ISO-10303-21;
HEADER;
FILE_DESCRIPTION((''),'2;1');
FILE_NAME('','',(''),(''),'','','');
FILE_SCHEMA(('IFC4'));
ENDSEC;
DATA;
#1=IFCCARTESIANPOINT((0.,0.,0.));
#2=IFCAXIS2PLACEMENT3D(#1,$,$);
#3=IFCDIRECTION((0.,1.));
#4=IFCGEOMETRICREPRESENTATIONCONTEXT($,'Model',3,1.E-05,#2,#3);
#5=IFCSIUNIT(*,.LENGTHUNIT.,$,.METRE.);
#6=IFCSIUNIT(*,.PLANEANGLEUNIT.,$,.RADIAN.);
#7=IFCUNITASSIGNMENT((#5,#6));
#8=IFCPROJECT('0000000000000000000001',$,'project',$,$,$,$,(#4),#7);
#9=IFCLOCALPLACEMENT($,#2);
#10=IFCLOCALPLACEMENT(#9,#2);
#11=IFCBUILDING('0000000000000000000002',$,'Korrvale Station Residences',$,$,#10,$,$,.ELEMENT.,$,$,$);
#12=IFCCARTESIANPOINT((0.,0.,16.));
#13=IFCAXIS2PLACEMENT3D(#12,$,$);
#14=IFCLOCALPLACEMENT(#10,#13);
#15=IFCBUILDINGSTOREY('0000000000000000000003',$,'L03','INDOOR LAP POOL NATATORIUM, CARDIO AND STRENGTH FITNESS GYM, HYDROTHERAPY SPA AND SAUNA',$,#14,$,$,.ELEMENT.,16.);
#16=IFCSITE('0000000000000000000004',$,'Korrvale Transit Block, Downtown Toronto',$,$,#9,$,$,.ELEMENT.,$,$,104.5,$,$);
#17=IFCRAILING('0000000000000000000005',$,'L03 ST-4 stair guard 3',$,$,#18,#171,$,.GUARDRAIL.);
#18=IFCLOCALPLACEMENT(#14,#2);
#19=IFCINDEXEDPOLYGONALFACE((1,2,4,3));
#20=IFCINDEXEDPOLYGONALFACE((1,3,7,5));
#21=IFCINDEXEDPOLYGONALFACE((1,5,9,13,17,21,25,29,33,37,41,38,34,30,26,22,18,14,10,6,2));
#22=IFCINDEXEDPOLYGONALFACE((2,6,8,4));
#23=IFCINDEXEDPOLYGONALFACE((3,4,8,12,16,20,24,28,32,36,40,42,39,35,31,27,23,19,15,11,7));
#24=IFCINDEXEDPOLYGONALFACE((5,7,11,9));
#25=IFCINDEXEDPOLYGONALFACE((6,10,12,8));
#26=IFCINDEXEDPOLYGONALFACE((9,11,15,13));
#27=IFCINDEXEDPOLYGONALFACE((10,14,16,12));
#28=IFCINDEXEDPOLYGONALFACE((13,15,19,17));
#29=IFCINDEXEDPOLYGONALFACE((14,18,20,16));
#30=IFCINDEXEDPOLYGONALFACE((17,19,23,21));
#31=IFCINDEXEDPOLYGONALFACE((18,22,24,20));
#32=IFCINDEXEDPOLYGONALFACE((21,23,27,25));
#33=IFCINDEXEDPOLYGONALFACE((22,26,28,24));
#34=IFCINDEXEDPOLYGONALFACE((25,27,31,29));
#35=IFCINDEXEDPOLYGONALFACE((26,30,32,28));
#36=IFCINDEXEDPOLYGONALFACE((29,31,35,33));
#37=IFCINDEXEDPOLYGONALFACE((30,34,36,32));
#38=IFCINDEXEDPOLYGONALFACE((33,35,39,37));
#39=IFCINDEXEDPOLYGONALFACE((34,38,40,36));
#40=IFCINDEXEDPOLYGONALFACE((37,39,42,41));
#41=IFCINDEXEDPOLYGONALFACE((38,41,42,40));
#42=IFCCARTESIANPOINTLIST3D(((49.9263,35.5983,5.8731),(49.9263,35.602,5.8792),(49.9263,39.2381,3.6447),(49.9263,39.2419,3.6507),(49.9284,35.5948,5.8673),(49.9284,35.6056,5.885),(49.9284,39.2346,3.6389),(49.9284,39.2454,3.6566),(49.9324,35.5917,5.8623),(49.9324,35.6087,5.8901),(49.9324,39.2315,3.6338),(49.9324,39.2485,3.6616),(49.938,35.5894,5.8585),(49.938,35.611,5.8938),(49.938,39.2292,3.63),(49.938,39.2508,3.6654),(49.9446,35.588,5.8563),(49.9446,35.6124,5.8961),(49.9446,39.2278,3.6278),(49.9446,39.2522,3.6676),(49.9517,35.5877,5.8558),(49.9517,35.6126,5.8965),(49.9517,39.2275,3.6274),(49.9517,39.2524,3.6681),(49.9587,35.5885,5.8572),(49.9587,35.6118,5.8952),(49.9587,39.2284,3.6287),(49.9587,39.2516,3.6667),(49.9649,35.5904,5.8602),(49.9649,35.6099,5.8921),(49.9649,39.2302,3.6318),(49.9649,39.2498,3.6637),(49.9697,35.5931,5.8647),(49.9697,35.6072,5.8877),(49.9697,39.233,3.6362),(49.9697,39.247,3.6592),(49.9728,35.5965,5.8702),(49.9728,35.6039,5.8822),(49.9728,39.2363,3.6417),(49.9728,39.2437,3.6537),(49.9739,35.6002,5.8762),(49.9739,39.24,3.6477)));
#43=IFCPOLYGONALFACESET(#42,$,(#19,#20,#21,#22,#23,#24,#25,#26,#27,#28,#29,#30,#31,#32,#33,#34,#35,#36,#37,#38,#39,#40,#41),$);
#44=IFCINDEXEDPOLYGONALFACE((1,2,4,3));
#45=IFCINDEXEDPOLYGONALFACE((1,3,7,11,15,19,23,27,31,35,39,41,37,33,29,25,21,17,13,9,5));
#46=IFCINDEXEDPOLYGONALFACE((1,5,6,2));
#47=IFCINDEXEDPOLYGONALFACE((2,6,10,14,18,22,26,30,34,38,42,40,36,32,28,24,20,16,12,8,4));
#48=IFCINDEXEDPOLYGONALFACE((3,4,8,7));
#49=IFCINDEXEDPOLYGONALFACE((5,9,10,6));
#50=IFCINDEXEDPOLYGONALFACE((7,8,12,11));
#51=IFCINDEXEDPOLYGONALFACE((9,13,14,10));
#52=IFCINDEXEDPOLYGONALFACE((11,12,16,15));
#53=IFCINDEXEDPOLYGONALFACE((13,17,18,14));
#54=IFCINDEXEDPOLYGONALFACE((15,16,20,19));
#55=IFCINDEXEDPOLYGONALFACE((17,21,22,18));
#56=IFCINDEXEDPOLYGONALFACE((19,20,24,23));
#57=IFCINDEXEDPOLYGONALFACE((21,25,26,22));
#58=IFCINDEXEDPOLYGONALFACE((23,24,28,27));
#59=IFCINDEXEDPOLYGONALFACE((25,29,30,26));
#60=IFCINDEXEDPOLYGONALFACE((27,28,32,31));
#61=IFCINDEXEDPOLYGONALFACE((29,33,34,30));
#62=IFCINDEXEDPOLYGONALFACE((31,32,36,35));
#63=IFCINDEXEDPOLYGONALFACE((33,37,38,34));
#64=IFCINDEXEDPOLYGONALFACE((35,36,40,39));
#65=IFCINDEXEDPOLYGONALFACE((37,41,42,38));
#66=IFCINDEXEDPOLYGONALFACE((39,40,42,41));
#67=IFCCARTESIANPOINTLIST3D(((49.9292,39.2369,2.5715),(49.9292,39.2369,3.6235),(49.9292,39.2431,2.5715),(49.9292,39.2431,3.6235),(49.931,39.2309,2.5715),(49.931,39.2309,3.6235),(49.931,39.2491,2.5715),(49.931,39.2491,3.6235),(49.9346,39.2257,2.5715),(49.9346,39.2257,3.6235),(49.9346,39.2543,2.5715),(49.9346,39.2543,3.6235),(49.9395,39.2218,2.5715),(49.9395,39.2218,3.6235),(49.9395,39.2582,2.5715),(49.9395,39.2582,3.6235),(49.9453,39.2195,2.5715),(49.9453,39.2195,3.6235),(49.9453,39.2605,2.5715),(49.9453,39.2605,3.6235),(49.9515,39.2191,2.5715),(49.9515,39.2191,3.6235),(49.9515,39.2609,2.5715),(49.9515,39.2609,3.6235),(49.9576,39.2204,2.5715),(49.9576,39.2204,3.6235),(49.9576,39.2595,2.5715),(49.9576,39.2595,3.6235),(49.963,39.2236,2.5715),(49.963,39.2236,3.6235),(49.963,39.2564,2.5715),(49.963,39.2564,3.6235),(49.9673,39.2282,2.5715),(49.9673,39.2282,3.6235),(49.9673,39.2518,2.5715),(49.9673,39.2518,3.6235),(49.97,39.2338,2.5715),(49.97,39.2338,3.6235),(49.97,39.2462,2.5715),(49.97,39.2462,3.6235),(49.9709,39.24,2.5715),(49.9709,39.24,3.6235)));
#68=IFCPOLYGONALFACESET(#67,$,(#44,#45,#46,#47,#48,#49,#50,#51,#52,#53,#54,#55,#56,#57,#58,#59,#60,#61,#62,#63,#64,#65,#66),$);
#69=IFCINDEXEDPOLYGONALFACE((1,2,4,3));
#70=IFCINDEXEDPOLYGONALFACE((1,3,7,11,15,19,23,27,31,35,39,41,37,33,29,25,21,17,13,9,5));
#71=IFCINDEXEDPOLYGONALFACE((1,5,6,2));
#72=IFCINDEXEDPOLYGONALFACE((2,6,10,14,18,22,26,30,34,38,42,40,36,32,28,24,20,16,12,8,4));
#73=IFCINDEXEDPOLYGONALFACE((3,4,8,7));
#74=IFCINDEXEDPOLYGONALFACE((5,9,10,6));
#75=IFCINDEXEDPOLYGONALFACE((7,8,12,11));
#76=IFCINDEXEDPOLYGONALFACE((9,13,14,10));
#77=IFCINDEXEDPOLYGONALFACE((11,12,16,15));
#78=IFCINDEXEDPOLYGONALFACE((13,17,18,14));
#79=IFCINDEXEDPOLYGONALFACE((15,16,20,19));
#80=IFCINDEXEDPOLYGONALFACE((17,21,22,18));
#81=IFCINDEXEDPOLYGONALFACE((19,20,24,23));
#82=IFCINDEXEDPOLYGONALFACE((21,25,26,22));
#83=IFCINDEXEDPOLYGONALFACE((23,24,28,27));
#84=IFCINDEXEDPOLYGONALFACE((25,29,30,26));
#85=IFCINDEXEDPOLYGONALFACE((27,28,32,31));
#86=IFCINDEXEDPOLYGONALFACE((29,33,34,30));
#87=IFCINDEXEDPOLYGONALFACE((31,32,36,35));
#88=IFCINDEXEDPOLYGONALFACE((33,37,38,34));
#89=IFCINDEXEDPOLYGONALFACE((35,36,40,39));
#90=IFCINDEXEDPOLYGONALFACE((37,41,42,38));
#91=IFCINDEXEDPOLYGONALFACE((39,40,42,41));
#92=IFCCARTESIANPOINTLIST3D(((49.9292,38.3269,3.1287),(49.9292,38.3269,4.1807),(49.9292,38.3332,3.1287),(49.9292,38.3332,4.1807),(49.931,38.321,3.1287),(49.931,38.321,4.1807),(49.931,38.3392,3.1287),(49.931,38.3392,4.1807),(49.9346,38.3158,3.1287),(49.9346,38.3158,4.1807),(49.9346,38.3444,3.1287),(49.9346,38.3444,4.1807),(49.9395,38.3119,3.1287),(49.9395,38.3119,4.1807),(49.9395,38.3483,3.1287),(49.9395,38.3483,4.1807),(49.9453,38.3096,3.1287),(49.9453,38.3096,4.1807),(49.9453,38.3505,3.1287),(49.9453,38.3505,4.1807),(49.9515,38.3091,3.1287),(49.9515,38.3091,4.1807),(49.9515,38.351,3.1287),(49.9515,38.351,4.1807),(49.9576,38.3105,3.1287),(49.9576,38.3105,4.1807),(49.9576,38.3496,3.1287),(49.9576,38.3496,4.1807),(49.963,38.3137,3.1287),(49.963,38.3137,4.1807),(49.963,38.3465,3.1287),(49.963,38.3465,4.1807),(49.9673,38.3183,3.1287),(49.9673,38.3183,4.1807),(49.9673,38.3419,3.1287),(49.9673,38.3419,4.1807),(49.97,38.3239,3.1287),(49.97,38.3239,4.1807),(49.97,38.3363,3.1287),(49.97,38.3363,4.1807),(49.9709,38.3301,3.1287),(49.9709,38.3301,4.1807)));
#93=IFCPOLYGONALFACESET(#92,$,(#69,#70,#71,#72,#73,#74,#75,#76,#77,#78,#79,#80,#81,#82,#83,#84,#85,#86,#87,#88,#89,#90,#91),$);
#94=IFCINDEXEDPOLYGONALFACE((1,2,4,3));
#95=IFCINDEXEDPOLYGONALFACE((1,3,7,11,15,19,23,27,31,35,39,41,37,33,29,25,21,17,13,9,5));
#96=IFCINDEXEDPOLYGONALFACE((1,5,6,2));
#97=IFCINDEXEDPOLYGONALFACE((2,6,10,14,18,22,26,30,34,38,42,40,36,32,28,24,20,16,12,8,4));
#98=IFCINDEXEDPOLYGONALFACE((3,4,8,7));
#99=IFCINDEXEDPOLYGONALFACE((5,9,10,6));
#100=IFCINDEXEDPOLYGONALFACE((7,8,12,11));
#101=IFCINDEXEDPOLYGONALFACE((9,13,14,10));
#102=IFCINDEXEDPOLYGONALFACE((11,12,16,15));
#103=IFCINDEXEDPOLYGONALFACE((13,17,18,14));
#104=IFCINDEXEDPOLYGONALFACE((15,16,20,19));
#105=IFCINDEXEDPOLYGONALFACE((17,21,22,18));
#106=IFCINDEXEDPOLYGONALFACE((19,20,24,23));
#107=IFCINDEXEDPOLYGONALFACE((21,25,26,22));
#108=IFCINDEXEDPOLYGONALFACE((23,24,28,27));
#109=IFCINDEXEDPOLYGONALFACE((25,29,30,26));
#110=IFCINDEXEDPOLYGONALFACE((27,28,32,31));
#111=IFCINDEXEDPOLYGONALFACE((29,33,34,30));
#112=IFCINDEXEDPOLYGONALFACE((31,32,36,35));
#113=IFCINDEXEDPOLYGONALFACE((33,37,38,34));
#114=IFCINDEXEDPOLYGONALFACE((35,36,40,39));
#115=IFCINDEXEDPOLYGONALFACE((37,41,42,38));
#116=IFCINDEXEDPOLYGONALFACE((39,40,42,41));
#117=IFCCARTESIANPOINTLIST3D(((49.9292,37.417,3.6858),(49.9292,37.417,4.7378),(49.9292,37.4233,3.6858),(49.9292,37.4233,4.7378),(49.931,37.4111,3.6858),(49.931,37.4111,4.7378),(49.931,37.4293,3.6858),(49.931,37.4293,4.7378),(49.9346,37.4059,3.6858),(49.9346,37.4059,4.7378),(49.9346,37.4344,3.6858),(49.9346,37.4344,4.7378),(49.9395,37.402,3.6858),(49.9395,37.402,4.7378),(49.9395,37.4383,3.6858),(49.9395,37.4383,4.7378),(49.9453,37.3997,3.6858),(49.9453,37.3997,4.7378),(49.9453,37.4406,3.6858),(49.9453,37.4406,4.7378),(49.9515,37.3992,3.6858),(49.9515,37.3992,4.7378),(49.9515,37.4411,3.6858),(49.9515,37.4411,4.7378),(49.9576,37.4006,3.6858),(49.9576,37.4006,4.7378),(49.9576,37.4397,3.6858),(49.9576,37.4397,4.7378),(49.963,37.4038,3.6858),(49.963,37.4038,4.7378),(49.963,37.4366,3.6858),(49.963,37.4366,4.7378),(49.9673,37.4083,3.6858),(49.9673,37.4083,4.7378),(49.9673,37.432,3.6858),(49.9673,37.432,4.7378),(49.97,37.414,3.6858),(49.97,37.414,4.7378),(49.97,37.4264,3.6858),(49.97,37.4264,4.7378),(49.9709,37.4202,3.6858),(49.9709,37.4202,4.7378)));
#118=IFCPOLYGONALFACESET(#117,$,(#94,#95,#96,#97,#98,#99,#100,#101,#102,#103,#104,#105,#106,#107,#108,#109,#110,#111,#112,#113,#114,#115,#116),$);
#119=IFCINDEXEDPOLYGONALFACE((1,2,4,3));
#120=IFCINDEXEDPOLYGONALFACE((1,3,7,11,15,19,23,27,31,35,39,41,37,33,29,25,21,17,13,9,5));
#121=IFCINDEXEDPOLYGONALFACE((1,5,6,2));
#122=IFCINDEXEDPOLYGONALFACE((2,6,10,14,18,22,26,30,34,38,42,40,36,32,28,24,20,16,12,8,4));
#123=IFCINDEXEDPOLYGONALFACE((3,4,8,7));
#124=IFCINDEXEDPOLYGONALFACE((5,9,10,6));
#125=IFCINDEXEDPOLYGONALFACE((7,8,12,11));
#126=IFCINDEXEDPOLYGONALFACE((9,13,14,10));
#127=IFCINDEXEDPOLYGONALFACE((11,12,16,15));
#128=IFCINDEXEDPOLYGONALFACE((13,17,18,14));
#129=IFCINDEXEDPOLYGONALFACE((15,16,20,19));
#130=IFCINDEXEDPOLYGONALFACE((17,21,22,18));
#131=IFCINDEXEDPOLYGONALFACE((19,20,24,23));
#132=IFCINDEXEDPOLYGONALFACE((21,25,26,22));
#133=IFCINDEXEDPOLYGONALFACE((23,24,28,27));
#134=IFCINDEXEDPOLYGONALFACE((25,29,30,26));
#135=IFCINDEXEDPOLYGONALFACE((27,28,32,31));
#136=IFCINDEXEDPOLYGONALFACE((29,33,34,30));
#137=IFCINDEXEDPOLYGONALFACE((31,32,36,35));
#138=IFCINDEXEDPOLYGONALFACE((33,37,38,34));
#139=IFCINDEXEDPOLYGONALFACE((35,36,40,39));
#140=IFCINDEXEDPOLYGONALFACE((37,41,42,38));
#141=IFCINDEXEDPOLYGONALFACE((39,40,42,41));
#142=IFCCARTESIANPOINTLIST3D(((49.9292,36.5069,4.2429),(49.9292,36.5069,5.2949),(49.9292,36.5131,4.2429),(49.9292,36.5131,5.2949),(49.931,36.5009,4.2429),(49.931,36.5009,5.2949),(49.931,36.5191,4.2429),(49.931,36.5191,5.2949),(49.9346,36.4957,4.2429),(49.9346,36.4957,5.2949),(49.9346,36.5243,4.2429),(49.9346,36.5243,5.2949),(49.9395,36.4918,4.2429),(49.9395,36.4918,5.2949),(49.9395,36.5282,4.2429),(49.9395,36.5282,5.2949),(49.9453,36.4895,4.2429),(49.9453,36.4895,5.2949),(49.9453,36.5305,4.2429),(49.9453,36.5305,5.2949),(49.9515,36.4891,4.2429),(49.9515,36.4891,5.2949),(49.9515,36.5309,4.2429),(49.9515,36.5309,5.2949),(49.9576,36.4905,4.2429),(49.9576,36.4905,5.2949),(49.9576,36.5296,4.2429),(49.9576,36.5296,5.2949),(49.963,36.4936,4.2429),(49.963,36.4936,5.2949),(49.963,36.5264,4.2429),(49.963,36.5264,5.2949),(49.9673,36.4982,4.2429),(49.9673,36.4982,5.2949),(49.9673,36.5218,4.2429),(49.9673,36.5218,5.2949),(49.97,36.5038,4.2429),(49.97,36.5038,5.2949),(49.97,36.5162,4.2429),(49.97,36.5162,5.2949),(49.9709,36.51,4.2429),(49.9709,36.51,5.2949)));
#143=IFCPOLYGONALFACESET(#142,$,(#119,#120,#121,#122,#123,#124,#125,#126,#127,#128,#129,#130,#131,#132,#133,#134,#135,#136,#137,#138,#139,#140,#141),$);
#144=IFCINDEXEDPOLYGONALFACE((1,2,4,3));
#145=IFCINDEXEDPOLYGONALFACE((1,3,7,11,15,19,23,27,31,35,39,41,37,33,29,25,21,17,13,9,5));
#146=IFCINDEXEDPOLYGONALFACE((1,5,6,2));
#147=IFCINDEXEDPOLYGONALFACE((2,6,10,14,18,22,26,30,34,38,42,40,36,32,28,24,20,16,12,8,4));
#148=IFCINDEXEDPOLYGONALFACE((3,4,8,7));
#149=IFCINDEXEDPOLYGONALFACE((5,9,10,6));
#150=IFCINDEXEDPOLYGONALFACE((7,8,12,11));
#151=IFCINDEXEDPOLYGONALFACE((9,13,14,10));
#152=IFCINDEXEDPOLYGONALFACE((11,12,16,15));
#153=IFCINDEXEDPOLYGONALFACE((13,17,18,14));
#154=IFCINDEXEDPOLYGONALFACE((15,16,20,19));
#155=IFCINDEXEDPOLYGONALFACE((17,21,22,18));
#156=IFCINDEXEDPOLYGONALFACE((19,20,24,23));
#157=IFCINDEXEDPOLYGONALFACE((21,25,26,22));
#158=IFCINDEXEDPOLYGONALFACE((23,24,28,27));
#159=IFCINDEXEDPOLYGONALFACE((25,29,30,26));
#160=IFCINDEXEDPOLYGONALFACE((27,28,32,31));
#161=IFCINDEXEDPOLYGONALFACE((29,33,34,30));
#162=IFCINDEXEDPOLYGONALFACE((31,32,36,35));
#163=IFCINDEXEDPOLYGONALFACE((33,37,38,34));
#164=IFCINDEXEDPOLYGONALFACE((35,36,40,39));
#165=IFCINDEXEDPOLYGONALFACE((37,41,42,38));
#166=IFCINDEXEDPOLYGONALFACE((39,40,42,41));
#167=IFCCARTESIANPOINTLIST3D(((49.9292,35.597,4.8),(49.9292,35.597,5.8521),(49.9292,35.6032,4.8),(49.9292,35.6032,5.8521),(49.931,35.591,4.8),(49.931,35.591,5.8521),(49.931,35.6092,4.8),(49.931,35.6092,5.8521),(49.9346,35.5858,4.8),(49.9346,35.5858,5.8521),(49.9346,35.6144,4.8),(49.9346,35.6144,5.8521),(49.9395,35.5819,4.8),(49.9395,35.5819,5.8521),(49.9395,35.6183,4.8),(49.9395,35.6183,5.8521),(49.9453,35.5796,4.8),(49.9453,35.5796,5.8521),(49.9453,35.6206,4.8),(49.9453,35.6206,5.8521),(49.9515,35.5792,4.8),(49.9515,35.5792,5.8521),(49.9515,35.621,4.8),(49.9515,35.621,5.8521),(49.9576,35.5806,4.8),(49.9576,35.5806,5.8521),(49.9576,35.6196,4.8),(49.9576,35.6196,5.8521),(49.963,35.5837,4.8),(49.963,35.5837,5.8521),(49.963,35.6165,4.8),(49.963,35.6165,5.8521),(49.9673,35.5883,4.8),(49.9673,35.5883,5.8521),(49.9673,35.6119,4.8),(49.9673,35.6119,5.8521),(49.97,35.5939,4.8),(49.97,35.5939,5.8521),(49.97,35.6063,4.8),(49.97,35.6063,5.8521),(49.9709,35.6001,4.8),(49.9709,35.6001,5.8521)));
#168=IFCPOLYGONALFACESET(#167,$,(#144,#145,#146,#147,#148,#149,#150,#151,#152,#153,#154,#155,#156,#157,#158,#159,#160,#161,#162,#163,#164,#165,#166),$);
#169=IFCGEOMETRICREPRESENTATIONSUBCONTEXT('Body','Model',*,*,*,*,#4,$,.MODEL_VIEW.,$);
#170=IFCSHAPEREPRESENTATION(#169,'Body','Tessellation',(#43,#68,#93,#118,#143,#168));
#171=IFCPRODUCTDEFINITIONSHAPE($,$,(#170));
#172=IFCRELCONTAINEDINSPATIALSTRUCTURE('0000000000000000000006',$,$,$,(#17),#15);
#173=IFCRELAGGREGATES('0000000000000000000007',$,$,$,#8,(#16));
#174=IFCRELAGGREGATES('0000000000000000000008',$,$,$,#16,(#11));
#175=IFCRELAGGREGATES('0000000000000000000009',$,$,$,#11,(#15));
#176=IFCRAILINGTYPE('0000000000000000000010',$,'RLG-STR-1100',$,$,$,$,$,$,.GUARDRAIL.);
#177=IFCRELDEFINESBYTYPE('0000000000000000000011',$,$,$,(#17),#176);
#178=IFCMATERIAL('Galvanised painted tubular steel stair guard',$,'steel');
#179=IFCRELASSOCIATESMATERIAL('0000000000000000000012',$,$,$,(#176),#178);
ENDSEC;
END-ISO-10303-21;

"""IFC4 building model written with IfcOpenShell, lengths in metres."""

from ifc_helpers import new_model, si_unit, direction, frame, origin, origin_2d, place, context, subcontext, project, spatial, circle, extrude, material, type_object, element, save


model = new_model("IFC4")

# Units and contexts
model_context = context("Model", 3, precision=1e-05, world=origin(), true_north=direction((0.0, 1.0)))
body_context = subcontext(model_context, "Body", "Model", "MODEL_VIEW")
ifc_project = project(units=[si_unit("LENGTHUNIT", "METRE"), si_unit("PLANEANGLEUNIT", "RADIAN")], contexts=[model_context])

# Site, building, storey
site_placement = place(None, origin())
site = spatial("IfcSite", under=ifc_project, at=site_placement, Name="Korrvale Transit Block, Downtown Toronto", CompositionType="ELEMENT", RefElevation=104.5)
building_placement = place(site_placement, origin())
building = spatial("IfcBuilding", under=site, at=building_placement, Name="Korrvale Station Residences", CompositionType="ELEMENT")
storey_placement = place(building_placement, frame((0.0, 0.0, 16.0)))
storey = spatial("IfcBuildingStorey", under=building, at=storey_placement, Name="L03", Description="INDOOR LAP POOL NATATORIUM, CARDIO AND STRENGTH FITNESS GYM, HYDROTHERAPY SPA AND SAUNA", CompositionType="ELEMENT", Elevation=16.0)

# Railing
ifc_material_1 = material(Name="Galvanised painted tubular steel stair guard", Category="steel")
railing_type_1 = type_object("IfcRailingType", Name="RLG-STR-1100", PredefinedType="GUARDRAIL", material=ifc_material_1)
railing_1_placement = place(storey_placement, frame((49.95, 39.24, 2.5715)))
element("IfcRailing", 1, at=railing_1_placement, inside=storey, type_object=railing_type_1, Name="L03 ST-4 stair guard 3", PredefinedType="GUARDRAIL", context=body_context, shape_type="SweptSolid", body=[
    extrude(circle(Radius=0.0239, at=origin_2d()), frame((0.0, 0.0, 1.0762), z_axis=(0.0, -0.85285, 0.522156), x_axis=(1.0, 0.0, 0.0)), (0.0, 0.0, 1.0), 4.2678),
    extrude(circle(Radius=0.021, at=origin_2d()), origin(), (0.0, 0.0, 1.0), 1.052),
    extrude(circle(Radius=0.021, at=origin_2d()), frame((0.0, -0.9099, 0.5571)), (0.0, 0.0, 1.0), 1.052),
    extrude(circle(Radius=0.021, at=origin_2d()), frame((0.0, -1.8198, 1.1143)), (0.0, 0.0, 1.0), 1.052),
    extrude(circle(Radius=0.021, at=origin_2d()), frame((0.0, -2.73, 1.6714)), (0.0, 0.0, 1.0), 1.052),
    extrude(circle(Radius=0.021, at=origin_2d()), frame((0.0, -3.6399, 2.2285)), (0.0, 0.0, 1.0), 1.052),
])

save(model, "model.ifc")
